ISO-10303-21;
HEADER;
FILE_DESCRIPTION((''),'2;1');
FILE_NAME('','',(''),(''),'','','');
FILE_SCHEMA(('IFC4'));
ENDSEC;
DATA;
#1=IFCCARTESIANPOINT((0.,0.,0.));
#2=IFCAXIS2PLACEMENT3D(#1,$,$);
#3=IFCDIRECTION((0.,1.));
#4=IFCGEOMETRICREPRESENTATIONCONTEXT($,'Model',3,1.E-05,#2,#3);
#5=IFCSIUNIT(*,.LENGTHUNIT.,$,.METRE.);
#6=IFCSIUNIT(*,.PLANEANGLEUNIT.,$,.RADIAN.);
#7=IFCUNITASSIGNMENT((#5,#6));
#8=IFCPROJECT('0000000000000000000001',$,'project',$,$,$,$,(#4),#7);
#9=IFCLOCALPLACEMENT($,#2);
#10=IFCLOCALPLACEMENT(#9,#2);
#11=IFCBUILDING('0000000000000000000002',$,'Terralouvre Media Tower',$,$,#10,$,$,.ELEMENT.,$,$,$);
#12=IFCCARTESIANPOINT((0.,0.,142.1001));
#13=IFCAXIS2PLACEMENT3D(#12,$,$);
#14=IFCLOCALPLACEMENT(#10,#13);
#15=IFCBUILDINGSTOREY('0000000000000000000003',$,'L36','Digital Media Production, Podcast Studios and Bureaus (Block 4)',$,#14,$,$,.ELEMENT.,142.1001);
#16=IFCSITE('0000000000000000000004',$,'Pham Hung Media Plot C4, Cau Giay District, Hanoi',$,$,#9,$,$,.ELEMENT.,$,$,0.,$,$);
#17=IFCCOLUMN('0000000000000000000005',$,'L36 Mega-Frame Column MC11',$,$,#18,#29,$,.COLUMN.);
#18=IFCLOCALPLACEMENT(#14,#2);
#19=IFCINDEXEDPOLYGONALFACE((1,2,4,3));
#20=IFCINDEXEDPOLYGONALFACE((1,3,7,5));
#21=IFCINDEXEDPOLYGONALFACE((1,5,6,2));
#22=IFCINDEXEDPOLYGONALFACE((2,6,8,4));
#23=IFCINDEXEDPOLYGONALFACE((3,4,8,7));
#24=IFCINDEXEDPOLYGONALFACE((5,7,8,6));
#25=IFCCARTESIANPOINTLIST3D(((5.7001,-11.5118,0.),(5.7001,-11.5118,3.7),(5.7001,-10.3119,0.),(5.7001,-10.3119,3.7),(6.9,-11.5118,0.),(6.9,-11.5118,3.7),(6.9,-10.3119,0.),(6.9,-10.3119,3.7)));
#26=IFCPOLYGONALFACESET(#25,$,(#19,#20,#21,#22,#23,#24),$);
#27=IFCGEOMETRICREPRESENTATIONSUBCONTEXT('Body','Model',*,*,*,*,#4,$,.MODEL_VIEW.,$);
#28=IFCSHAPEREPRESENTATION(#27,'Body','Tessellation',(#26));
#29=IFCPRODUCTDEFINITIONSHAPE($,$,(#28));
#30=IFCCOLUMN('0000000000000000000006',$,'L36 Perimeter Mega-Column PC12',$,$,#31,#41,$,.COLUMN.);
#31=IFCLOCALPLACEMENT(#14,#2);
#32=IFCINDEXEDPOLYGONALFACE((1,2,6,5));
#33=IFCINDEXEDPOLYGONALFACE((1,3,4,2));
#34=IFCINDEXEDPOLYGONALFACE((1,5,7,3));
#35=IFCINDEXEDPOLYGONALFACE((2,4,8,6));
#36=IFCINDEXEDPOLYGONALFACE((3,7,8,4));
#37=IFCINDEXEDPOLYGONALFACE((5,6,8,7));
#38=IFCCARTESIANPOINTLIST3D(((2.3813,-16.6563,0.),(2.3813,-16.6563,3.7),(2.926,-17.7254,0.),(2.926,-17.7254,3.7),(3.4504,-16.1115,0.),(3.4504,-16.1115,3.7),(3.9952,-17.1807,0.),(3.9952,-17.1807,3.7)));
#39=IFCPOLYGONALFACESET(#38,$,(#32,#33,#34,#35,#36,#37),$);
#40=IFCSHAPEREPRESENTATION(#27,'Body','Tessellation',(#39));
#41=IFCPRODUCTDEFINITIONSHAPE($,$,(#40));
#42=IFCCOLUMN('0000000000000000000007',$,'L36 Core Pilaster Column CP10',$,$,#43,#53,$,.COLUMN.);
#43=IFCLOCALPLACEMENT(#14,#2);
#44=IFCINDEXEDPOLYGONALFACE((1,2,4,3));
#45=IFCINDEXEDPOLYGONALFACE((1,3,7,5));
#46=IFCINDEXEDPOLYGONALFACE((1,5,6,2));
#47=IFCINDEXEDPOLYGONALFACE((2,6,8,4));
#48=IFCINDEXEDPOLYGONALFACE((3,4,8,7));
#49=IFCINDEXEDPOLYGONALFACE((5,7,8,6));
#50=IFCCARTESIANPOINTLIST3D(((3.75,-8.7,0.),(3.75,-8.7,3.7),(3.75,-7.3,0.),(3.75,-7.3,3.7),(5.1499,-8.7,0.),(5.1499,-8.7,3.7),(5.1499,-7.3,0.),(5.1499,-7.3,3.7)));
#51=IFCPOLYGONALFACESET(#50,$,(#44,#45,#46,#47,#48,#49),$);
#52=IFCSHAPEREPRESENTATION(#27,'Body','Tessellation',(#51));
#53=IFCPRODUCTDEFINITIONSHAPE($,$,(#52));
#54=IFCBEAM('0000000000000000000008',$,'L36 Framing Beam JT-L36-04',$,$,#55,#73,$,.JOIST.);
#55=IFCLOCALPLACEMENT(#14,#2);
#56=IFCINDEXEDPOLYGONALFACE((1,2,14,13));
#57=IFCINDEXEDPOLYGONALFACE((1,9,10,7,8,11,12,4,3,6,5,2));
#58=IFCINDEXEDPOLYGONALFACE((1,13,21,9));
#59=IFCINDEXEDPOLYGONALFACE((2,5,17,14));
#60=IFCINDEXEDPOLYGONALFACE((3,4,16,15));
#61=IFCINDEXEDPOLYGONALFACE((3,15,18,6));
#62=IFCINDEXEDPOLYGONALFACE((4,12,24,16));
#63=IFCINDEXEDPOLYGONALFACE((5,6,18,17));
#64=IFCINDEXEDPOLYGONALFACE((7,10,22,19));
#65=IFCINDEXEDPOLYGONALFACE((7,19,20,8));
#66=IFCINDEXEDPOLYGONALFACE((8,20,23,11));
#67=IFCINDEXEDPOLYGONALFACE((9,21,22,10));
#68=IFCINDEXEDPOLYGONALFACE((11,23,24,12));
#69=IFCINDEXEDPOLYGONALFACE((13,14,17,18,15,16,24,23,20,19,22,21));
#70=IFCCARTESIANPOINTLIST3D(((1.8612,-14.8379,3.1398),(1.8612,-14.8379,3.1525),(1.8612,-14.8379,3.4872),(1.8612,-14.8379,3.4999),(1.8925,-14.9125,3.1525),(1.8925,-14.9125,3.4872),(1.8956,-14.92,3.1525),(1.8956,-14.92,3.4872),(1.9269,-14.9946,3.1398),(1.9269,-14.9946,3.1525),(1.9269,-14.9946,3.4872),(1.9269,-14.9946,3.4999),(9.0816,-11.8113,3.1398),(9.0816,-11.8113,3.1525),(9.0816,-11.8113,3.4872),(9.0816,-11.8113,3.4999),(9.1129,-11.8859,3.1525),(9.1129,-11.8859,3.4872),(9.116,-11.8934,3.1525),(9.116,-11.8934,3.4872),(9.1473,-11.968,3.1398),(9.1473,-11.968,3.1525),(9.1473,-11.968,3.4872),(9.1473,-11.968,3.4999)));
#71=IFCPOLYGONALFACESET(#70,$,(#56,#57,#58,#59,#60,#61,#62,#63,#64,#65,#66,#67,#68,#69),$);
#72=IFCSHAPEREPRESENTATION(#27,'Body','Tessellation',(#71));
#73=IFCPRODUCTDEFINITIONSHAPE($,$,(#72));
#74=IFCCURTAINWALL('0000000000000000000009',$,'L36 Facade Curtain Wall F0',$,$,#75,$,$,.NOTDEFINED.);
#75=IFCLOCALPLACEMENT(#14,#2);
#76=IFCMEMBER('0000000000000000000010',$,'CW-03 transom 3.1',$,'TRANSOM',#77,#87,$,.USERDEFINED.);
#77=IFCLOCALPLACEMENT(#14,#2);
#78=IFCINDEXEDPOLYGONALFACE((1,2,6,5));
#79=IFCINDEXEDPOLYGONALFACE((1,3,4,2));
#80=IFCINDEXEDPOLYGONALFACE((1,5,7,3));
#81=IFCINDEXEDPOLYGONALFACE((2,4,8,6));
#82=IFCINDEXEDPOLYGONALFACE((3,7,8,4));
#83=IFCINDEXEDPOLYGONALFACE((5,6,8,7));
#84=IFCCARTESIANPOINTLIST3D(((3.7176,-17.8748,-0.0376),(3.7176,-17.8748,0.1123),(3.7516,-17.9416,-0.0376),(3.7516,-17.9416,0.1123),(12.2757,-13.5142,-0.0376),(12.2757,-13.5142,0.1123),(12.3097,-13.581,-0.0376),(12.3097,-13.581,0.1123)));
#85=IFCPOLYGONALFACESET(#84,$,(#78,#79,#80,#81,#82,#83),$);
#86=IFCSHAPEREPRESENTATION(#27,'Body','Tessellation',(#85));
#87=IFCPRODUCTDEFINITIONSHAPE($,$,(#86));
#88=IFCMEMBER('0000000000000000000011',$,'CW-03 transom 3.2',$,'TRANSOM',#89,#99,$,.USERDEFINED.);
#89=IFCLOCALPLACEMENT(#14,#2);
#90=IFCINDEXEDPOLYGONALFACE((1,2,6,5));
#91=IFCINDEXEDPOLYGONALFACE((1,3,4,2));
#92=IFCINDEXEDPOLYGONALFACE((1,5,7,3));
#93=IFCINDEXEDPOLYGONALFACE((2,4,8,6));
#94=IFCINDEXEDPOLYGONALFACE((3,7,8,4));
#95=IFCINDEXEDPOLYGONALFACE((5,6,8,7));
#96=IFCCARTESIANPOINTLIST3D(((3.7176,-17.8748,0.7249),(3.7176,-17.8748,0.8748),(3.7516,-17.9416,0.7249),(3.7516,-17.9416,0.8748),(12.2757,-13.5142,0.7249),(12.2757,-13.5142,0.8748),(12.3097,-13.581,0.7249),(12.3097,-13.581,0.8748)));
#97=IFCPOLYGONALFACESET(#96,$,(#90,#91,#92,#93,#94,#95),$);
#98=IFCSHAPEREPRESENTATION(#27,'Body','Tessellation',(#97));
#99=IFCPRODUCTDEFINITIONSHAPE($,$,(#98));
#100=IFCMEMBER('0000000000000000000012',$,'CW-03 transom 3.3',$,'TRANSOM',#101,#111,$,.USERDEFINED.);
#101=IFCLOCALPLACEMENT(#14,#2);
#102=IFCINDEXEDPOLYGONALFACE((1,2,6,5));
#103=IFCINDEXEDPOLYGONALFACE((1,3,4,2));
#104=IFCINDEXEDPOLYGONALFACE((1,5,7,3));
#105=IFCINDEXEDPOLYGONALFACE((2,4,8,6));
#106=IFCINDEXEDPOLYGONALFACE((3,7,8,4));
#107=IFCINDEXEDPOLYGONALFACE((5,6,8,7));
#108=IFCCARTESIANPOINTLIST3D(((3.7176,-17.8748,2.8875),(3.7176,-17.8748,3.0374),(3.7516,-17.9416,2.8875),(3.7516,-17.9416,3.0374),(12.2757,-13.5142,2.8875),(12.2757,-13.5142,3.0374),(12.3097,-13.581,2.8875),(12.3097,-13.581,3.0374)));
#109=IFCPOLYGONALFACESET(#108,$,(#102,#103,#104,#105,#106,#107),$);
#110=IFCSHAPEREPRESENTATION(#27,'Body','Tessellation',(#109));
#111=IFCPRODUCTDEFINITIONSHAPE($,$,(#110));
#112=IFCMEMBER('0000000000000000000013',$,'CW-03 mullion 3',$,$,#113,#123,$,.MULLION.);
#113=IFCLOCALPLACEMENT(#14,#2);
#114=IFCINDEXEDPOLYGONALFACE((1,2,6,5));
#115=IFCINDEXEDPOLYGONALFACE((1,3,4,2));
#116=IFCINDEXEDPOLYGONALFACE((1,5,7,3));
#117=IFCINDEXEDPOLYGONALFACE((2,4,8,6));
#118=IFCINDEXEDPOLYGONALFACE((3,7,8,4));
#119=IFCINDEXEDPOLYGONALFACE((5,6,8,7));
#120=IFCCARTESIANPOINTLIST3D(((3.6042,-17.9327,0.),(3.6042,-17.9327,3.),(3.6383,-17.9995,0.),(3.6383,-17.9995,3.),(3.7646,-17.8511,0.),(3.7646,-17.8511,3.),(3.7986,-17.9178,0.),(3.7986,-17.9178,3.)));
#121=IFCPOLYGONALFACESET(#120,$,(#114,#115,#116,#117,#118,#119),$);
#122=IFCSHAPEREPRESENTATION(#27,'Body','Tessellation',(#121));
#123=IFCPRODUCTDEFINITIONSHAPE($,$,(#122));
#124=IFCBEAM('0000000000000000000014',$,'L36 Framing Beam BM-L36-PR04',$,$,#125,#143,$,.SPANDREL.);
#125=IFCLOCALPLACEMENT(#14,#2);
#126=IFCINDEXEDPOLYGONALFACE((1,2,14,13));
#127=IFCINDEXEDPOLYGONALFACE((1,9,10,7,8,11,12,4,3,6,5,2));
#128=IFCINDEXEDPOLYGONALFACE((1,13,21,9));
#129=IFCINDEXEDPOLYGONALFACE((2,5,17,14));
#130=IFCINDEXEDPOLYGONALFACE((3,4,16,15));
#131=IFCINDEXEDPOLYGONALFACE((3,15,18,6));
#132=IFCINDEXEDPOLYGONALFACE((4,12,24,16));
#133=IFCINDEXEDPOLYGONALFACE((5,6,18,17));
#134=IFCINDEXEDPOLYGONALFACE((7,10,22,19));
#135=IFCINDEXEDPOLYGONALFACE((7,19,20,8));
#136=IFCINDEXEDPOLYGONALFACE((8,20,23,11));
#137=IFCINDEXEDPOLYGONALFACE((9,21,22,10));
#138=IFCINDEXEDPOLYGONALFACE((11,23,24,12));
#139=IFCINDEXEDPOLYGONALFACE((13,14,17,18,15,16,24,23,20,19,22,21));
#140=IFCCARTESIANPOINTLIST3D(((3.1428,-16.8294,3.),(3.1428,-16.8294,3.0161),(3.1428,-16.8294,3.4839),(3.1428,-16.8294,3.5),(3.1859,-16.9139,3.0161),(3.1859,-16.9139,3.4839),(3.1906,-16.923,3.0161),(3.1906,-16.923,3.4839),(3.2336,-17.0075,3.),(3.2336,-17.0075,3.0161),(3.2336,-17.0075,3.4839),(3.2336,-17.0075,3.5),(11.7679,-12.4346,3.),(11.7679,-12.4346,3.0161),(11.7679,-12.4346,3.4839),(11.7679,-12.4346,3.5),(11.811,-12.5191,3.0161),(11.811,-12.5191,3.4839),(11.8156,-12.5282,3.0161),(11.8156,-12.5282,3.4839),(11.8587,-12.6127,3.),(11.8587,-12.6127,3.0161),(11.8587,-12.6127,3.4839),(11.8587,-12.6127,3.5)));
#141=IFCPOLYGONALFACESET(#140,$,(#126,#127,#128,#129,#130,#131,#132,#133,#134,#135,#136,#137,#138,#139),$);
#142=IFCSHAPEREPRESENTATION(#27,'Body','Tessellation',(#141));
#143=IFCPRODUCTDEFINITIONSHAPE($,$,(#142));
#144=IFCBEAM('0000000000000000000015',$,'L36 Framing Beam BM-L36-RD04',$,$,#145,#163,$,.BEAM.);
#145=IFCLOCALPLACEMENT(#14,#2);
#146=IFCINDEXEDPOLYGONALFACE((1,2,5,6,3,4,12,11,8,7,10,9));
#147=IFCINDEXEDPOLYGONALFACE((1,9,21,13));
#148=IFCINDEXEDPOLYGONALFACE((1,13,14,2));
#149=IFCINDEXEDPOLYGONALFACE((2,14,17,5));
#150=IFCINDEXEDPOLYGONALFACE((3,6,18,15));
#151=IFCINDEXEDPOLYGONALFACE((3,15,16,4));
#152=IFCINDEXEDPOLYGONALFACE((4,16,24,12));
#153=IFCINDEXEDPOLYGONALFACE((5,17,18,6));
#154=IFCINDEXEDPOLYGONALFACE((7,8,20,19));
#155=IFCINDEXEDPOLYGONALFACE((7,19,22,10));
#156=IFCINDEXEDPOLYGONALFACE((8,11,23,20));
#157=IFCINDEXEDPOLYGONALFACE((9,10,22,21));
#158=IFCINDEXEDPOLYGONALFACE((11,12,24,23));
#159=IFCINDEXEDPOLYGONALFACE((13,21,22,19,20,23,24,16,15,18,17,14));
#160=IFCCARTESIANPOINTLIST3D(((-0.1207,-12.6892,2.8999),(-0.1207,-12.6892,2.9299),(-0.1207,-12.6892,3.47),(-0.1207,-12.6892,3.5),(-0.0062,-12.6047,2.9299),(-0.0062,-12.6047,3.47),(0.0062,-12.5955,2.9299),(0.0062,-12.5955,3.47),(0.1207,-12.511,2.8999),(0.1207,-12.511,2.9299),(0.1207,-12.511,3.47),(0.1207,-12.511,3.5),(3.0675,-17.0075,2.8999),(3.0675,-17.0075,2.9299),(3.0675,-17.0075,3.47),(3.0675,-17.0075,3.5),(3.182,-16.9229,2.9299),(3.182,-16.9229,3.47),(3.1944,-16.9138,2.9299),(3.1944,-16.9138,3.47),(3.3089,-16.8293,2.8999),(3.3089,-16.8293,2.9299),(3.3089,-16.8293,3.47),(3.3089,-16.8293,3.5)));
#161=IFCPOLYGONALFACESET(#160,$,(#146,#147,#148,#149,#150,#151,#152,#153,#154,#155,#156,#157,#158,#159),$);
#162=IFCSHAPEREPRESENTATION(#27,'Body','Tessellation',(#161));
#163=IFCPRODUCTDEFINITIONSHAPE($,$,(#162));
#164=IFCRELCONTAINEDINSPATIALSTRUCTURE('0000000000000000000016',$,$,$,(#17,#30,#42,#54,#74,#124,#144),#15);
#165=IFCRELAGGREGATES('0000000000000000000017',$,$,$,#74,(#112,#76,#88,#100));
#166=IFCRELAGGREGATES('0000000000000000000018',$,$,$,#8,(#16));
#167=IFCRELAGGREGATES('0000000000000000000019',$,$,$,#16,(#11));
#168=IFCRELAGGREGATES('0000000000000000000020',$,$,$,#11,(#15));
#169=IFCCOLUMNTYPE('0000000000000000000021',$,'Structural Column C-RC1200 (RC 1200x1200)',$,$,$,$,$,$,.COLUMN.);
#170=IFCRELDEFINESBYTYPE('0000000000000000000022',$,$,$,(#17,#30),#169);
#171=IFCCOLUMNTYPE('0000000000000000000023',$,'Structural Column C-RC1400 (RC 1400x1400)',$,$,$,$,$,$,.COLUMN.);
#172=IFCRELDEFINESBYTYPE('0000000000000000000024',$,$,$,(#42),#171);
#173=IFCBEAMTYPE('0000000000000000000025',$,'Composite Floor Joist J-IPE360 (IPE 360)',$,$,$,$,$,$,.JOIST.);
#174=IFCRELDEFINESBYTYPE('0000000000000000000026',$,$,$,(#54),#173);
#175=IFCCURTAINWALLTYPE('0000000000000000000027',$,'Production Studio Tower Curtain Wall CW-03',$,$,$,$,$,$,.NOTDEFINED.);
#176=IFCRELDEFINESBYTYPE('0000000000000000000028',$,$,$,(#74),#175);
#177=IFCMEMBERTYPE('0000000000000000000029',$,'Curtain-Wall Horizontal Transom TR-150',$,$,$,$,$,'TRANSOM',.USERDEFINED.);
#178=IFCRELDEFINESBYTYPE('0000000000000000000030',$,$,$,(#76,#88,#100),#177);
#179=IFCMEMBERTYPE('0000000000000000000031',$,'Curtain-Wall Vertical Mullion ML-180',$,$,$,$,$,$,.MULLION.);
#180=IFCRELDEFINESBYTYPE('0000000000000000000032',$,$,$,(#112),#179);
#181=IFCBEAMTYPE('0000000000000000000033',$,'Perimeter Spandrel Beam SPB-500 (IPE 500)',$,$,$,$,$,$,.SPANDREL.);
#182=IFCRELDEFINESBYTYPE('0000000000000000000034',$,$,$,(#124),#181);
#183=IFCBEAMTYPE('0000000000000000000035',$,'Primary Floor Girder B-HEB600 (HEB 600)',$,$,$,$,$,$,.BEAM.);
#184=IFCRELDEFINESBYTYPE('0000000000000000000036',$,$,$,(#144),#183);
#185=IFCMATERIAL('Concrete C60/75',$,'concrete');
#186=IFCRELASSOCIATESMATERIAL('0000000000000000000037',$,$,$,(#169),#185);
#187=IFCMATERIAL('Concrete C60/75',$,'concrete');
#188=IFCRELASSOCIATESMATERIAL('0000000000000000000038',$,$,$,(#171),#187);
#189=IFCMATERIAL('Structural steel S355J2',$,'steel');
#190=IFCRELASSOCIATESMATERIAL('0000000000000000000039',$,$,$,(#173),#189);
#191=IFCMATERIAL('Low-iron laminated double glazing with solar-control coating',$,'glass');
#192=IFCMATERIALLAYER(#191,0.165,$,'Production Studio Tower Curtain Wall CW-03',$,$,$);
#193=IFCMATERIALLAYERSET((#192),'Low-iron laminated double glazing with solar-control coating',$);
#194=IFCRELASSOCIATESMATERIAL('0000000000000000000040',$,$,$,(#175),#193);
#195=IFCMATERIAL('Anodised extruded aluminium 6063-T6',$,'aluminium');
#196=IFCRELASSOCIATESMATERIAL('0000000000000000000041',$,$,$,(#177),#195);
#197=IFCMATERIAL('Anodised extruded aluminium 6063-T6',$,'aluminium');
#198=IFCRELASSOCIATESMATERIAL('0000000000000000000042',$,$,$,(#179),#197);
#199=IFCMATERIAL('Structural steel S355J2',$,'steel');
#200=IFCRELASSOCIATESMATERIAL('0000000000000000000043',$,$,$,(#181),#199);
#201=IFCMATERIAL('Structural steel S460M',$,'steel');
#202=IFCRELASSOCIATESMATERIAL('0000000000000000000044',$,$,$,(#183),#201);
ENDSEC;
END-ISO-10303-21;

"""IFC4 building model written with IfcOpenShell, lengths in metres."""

from ifc_helpers import new_model, si_unit, direction, frame, origin, origin_2d, place, context, subcontext, project, spatial, rectangle, i_section, extrude, material, layer, layer_set, material_profile, profile_set, type_object, element, aggregate, save


model = new_model("IFC4")

# Units and contexts
model_context = context("Model", 3, precision=1e-05, world=origin(), true_north=direction((0.0, 1.0)))
body_context = subcontext(model_context, "Body", "Model", "MODEL_VIEW")
ifc_project = project(units=[si_unit("LENGTHUNIT", "METRE"), si_unit("PLANEANGLEUNIT", "RADIAN")], contexts=[model_context])

# Site, building, storey
site_placement = place(None, origin())
site = spatial("IfcSite", under=ifc_project, at=site_placement, Name="Pham Hung Media Plot C4, Cau Giay District, Hanoi", CompositionType="ELEMENT", RefElevation=0.0)
building_placement = place(site_placement, origin())
building = spatial("IfcBuilding", under=site, at=building_placement, Name="Terralouvre Media Tower", CompositionType="ELEMENT")
storey_placement = place(building_placement, frame((0.0, 0.0, 142.1001)))
storey = spatial("IfcBuildingStorey", under=building, at=storey_placement, Name="L36", Description="Digital Media Production, Podcast Studios and Bureaus (Block 4)", CompositionType="ELEMENT", Elevation=142.1001)

# Columns
ifc_material_1 = material(Name="Concrete C60/75", Category="concrete")
ifc_material_profile_1 = material_profile(ifc_material_1, rectangle(XDim=1.2, YDim=1.2, at=origin_2d()), Name="RC 1200x1200")
ifc_profile_set_1 = profile_set([ifc_material_profile_1], Name="Concrete C60/75")
column_type_1 = type_object("IfcColumnType", Name="Structural Column C-RC1200 (RC 1200x1200)", PredefinedType="COLUMN", material=ifc_profile_set_1)
for number, where, z_axis, x_axis, name in (
    (1, (6.3, -10.9119, 0.0), (0.0, 0.0, 1.0), (1.0, 0.0, 0.0), "L36 Mega-Frame Column MC11"),
    (2, (3.1882, -16.9185, 0.0), (0.0, 0.0, 1.0), (0.891007, 0.45399, 0.0), "L36 Perimeter Mega-Column PC12"),
):
    element("IfcColumn", number, at=place(storey_placement, frame(where, z_axis=z_axis, x_axis=x_axis)), inside=storey, type_object=column_type_1, Name=name, PredefinedType="COLUMN", context=body_context, shape_type="SweptSolid", body=[
        extrude(rectangle(XDim=1.2, YDim=1.2, at=origin_2d()), origin(), (0.0, 0.0, 1.0), 3.7),
    ])
ifc_material_2 = material(Name="Concrete C60/75", Category="concrete")
ifc_material_profile_2 = material_profile(ifc_material_2, rectangle(XDim=1.3999, YDim=1.3999, at=origin_2d()), Name="RC 1400x1400")
ifc_profile_set_2 = profile_set([ifc_material_profile_2], Name="Concrete C60/75")
column_type_2 = type_object("IfcColumnType", Name="Structural Column C-RC1400 (RC 1400x1400)", PredefinedType="COLUMN", material=ifc_profile_set_2)
column_placement = place(storey_placement, frame((4.45, -8.0, 0.0), z_axis=(0.0, 0.0, 1.0), x_axis=(1.0, 0.0, 0.0)))
element("IfcColumn", 3, at=column_placement, inside=storey, type_object=column_type_2, Name="L36 Core Pilaster Column CP10", PredefinedType="COLUMN", context=body_context, shape_type="SweptSolid", body=[
    extrude(rectangle(XDim=1.3999, YDim=1.3999, at=origin_2d()), origin(), (0.0, 0.0, 1.0), 3.7),
])

# Beam
ifc_material_3 = material(Name="Structural steel S355J2", Category="steel")
ifc_material_profile_3 = material_profile(ifc_material_3, i_section(OverallWidth=0.1699, OverallDepth=0.3601, WebThickness=0.0081, FlangeThickness=0.0127, at=origin_2d()), Name="IPE 360")
ifc_profile_set_3 = profile_set([ifc_material_profile_3], Name="Structural steel S355J2")
beam_type_1 = type_object("IfcBeamType", Name="Composite Floor Joist J-IPE360 (IPE 360)", PredefinedType="JOIST", material=ifc_profile_set_3)
beam_1_placement = place(storey_placement, frame((1.894, -14.9163, 3.3198), z_axis=(0.922255, 0.386583, 0.0), x_axis=(-0.386583, 0.922255, 0.0)))
element("IfcBeam", 4, at=beam_1_placement, inside=storey, type_object=beam_type_1, Name="L36 Framing Beam JT-L36-04", PredefinedType="JOIST", context=body_context, shape_type="SweptSolid", body=[
    extrude(i_section(OverallWidth=0.1699, OverallDepth=0.3601, WebThickness=0.0081, FlangeThickness=0.0127, at=origin_2d()), origin(), (0.0, 0.0, 1.0), 7.8291),
])

# Curtain wall, members
ifc_material_4 = material(Name="Low-iron laminated double glazing with solar-control coating", Category="glass")
ifc_layer_1 = layer(ifc_material_4, 0.165, Name="Production Studio Tower Curtain Wall CW-03")
ifc_layer_set_1 = layer_set([ifc_layer_1], Name="Low-iron laminated double glazing with solar-control coating")
curtain_wall_type = type_object("IfcCurtainWallType", Name="Production Studio Tower Curtain Wall CW-03", PredefinedType="NOTDEFINED", material=ifc_layer_set_1)
curtain_wall_placement = place(storey_placement, origin())
curtain_wall = element("IfcCurtainWall", 5, at=curtain_wall_placement, inside=storey, type_object=curtain_wall_type, Name="L36 Facade Curtain Wall F0", PredefinedType="NOTDEFINED")
ifc_material_5 = material(Name="Anodised extruded aluminium 6063-T6", Category="aluminium")
ifc_material_profile_4 = material_profile(ifc_material_5, rectangle(XDim=0.075, YDim=0.1499, at=origin_2d()), Name="ALU 75x150")
ifc_profile_set_4 = profile_set([ifc_material_profile_4], Name="Anodised extruded aluminium 6063-T6")
member_type_1 = type_object("IfcMemberType", Name="Curtain-Wall Horizontal Transom TR-150", ElementType="TRANSOM", PredefinedType="USERDEFINED", material=ifc_profile_set_4)
member_1_placement = place(storey_placement, frame((3.7346, -17.9082, 0.0374), z_axis=(0.891006, 0.453992, 0.0), x_axis=(-0.453992, 0.891006, 0.0)))
member_1 = element("IfcMember", 6, at=member_1_placement, type_object=member_type_1, Name="CW-03 transom 3.1", ObjectType="TRANSOM", PredefinedType="USERDEFINED", context=body_context, shape_type="SweptSolid", body=[
    extrude(rectangle(XDim=0.075, YDim=0.1499, at=origin_2d()), origin(), (0.0, 0.0, 1.0), 9.605),
])
member_2_placement = place(storey_placement, frame((3.7346, -17.9082, 0.7998), z_axis=(0.891006, 0.453992, 0.0), x_axis=(-0.453992, 0.891006, 0.0)))
member_2 = element("IfcMember", 7, at=member_2_placement, type_object=member_type_1, Name="CW-03 transom 3.2", ObjectType="TRANSOM", PredefinedType="USERDEFINED", context=body_context, shape_type="SweptSolid", body=[
    extrude(rectangle(XDim=0.075, YDim=0.1499, at=origin_2d()), origin(), (0.0, 0.0, 1.0), 9.605),
])
member_3_placement = place(storey_placement, frame((3.7346, -17.9082, 2.9624), z_axis=(0.891006, 0.453992, 0.0), x_axis=(-0.453992, 0.891006, 0.0)))
member_3 = element("IfcMember", 8, at=member_3_placement, type_object=member_type_1, Name="CW-03 transom 3.3", ObjectType="TRANSOM", PredefinedType="USERDEFINED", context=body_context, shape_type="SweptSolid", body=[
    extrude(rectangle(XDim=0.075, YDim=0.1499, at=origin_2d()), origin(), (0.0, 0.0, 1.0), 9.605),
])
ifc_material_6 = material(Name="Anodised extruded aluminium 6063-T6", Category="aluminium")
ifc_material_profile_5 = material_profile(ifc_material_6, rectangle(XDim=0.075, YDim=0.1799, at=origin_2d()), Name="ALU 75x180")
ifc_profile_set_5 = profile_set([ifc_material_profile_5], Name="Anodised extruded aluminium 6063-T6")
member_type_2 = type_object("IfcMemberType", Name="Curtain-Wall Vertical Mullion ML-180", PredefinedType="MULLION", material=ifc_profile_set_5)
member_4_placement = place(storey_placement, frame((3.7014, -17.9253, 0.0), z_axis=(0.0, 0.0, 1.0), x_axis=(-0.453991, 0.891007, 0.0)))
member_4 = element("IfcMember", 9, at=member_4_placement, type_object=member_type_2, Name="CW-03 mullion 3", PredefinedType="MULLION", context=body_context, shape_type="SweptSolid", body=[
    extrude(rectangle(XDim=0.075, YDim=0.1799, at=origin_2d()), origin(), (0.0, 0.0, 1.0), 3.0),
])

# Beams
ifc_material_7 = material(Name="Structural steel S355J2", Category="steel")
ifc_material_profile_6 = material_profile(ifc_material_7, i_section(OverallWidth=0.2, OverallDepth=0.5, WebThickness=0.0103, FlangeThickness=0.0161, at=origin_2d()), Name="IPE 500")
ifc_profile_set_6 = profile_set([ifc_material_profile_6], Name="Structural steel S355J2")
beam_type_2 = type_object("IfcBeamType", Name="Perimeter Spandrel Beam SPB-500 (IPE 500)", PredefinedType="SPANDREL", material=ifc_profile_set_6)
beam_2_placement = place(storey_placement, frame((3.1882, -16.9185, 3.25), z_axis=(0.891002, 0.454, 0.0), x_axis=(-0.454, 0.891002, 0.0)))
element("IfcBeam", 10, at=beam_2_placement, inside=storey, type_object=beam_type_2, Name="L36 Framing Beam BM-L36-PR04", PredefinedType="SPANDREL", context=body_context, shape_type="SweptSolid", body=[
    extrude(i_section(OverallWidth=0.2, OverallDepth=0.5, WebThickness=0.0103, FlangeThickness=0.0161, at=origin_2d()), origin(), (0.0, 0.0, 1.0), 9.6802),
])
ifc_material_8 = material(Name="Structural steel S460M", Category="steel")
ifc_material_profile_7 = material_profile(ifc_material_8, i_section(OverallWidth=0.3, OverallDepth=0.6001, WebThickness=0.0154, FlangeThickness=0.03, at=origin_2d()), Name="HEB 600")
ifc_profile_set_7 = profile_set([ifc_material_profile_7], Name="Structural steel S460M")
beam_type_3 = type_object("IfcBeamType", Name="Primary Floor Girder B-HEB600 (HEB 600)", PredefinedType="BEAM", material=ifc_profile_set_7)
beam_3_placement = place(storey_placement, frame((0.0, -12.6001, 3.2), z_axis=(0.593957, -0.804496, 0.0), x_axis=(0.804496, 0.593957, 0.0)))
element("IfcBeam", 11, at=beam_3_placement, inside=storey, type_object=beam_type_3, Name="L36 Framing Beam BM-L36-RD04", PredefinedType="BEAM", context=body_context, shape_type="SweptSolid", body=[
    extrude(i_section(OverallWidth=0.3, OverallDepth=0.6001, WebThickness=0.0154, FlangeThickness=0.03, at=origin_2d()), origin(), (0.0, 0.0, 1.0), 5.3677),
])

aggregate(curtain_wall, [member_4, member_1, member_2, member_3])

save(model, "model.ifc")
